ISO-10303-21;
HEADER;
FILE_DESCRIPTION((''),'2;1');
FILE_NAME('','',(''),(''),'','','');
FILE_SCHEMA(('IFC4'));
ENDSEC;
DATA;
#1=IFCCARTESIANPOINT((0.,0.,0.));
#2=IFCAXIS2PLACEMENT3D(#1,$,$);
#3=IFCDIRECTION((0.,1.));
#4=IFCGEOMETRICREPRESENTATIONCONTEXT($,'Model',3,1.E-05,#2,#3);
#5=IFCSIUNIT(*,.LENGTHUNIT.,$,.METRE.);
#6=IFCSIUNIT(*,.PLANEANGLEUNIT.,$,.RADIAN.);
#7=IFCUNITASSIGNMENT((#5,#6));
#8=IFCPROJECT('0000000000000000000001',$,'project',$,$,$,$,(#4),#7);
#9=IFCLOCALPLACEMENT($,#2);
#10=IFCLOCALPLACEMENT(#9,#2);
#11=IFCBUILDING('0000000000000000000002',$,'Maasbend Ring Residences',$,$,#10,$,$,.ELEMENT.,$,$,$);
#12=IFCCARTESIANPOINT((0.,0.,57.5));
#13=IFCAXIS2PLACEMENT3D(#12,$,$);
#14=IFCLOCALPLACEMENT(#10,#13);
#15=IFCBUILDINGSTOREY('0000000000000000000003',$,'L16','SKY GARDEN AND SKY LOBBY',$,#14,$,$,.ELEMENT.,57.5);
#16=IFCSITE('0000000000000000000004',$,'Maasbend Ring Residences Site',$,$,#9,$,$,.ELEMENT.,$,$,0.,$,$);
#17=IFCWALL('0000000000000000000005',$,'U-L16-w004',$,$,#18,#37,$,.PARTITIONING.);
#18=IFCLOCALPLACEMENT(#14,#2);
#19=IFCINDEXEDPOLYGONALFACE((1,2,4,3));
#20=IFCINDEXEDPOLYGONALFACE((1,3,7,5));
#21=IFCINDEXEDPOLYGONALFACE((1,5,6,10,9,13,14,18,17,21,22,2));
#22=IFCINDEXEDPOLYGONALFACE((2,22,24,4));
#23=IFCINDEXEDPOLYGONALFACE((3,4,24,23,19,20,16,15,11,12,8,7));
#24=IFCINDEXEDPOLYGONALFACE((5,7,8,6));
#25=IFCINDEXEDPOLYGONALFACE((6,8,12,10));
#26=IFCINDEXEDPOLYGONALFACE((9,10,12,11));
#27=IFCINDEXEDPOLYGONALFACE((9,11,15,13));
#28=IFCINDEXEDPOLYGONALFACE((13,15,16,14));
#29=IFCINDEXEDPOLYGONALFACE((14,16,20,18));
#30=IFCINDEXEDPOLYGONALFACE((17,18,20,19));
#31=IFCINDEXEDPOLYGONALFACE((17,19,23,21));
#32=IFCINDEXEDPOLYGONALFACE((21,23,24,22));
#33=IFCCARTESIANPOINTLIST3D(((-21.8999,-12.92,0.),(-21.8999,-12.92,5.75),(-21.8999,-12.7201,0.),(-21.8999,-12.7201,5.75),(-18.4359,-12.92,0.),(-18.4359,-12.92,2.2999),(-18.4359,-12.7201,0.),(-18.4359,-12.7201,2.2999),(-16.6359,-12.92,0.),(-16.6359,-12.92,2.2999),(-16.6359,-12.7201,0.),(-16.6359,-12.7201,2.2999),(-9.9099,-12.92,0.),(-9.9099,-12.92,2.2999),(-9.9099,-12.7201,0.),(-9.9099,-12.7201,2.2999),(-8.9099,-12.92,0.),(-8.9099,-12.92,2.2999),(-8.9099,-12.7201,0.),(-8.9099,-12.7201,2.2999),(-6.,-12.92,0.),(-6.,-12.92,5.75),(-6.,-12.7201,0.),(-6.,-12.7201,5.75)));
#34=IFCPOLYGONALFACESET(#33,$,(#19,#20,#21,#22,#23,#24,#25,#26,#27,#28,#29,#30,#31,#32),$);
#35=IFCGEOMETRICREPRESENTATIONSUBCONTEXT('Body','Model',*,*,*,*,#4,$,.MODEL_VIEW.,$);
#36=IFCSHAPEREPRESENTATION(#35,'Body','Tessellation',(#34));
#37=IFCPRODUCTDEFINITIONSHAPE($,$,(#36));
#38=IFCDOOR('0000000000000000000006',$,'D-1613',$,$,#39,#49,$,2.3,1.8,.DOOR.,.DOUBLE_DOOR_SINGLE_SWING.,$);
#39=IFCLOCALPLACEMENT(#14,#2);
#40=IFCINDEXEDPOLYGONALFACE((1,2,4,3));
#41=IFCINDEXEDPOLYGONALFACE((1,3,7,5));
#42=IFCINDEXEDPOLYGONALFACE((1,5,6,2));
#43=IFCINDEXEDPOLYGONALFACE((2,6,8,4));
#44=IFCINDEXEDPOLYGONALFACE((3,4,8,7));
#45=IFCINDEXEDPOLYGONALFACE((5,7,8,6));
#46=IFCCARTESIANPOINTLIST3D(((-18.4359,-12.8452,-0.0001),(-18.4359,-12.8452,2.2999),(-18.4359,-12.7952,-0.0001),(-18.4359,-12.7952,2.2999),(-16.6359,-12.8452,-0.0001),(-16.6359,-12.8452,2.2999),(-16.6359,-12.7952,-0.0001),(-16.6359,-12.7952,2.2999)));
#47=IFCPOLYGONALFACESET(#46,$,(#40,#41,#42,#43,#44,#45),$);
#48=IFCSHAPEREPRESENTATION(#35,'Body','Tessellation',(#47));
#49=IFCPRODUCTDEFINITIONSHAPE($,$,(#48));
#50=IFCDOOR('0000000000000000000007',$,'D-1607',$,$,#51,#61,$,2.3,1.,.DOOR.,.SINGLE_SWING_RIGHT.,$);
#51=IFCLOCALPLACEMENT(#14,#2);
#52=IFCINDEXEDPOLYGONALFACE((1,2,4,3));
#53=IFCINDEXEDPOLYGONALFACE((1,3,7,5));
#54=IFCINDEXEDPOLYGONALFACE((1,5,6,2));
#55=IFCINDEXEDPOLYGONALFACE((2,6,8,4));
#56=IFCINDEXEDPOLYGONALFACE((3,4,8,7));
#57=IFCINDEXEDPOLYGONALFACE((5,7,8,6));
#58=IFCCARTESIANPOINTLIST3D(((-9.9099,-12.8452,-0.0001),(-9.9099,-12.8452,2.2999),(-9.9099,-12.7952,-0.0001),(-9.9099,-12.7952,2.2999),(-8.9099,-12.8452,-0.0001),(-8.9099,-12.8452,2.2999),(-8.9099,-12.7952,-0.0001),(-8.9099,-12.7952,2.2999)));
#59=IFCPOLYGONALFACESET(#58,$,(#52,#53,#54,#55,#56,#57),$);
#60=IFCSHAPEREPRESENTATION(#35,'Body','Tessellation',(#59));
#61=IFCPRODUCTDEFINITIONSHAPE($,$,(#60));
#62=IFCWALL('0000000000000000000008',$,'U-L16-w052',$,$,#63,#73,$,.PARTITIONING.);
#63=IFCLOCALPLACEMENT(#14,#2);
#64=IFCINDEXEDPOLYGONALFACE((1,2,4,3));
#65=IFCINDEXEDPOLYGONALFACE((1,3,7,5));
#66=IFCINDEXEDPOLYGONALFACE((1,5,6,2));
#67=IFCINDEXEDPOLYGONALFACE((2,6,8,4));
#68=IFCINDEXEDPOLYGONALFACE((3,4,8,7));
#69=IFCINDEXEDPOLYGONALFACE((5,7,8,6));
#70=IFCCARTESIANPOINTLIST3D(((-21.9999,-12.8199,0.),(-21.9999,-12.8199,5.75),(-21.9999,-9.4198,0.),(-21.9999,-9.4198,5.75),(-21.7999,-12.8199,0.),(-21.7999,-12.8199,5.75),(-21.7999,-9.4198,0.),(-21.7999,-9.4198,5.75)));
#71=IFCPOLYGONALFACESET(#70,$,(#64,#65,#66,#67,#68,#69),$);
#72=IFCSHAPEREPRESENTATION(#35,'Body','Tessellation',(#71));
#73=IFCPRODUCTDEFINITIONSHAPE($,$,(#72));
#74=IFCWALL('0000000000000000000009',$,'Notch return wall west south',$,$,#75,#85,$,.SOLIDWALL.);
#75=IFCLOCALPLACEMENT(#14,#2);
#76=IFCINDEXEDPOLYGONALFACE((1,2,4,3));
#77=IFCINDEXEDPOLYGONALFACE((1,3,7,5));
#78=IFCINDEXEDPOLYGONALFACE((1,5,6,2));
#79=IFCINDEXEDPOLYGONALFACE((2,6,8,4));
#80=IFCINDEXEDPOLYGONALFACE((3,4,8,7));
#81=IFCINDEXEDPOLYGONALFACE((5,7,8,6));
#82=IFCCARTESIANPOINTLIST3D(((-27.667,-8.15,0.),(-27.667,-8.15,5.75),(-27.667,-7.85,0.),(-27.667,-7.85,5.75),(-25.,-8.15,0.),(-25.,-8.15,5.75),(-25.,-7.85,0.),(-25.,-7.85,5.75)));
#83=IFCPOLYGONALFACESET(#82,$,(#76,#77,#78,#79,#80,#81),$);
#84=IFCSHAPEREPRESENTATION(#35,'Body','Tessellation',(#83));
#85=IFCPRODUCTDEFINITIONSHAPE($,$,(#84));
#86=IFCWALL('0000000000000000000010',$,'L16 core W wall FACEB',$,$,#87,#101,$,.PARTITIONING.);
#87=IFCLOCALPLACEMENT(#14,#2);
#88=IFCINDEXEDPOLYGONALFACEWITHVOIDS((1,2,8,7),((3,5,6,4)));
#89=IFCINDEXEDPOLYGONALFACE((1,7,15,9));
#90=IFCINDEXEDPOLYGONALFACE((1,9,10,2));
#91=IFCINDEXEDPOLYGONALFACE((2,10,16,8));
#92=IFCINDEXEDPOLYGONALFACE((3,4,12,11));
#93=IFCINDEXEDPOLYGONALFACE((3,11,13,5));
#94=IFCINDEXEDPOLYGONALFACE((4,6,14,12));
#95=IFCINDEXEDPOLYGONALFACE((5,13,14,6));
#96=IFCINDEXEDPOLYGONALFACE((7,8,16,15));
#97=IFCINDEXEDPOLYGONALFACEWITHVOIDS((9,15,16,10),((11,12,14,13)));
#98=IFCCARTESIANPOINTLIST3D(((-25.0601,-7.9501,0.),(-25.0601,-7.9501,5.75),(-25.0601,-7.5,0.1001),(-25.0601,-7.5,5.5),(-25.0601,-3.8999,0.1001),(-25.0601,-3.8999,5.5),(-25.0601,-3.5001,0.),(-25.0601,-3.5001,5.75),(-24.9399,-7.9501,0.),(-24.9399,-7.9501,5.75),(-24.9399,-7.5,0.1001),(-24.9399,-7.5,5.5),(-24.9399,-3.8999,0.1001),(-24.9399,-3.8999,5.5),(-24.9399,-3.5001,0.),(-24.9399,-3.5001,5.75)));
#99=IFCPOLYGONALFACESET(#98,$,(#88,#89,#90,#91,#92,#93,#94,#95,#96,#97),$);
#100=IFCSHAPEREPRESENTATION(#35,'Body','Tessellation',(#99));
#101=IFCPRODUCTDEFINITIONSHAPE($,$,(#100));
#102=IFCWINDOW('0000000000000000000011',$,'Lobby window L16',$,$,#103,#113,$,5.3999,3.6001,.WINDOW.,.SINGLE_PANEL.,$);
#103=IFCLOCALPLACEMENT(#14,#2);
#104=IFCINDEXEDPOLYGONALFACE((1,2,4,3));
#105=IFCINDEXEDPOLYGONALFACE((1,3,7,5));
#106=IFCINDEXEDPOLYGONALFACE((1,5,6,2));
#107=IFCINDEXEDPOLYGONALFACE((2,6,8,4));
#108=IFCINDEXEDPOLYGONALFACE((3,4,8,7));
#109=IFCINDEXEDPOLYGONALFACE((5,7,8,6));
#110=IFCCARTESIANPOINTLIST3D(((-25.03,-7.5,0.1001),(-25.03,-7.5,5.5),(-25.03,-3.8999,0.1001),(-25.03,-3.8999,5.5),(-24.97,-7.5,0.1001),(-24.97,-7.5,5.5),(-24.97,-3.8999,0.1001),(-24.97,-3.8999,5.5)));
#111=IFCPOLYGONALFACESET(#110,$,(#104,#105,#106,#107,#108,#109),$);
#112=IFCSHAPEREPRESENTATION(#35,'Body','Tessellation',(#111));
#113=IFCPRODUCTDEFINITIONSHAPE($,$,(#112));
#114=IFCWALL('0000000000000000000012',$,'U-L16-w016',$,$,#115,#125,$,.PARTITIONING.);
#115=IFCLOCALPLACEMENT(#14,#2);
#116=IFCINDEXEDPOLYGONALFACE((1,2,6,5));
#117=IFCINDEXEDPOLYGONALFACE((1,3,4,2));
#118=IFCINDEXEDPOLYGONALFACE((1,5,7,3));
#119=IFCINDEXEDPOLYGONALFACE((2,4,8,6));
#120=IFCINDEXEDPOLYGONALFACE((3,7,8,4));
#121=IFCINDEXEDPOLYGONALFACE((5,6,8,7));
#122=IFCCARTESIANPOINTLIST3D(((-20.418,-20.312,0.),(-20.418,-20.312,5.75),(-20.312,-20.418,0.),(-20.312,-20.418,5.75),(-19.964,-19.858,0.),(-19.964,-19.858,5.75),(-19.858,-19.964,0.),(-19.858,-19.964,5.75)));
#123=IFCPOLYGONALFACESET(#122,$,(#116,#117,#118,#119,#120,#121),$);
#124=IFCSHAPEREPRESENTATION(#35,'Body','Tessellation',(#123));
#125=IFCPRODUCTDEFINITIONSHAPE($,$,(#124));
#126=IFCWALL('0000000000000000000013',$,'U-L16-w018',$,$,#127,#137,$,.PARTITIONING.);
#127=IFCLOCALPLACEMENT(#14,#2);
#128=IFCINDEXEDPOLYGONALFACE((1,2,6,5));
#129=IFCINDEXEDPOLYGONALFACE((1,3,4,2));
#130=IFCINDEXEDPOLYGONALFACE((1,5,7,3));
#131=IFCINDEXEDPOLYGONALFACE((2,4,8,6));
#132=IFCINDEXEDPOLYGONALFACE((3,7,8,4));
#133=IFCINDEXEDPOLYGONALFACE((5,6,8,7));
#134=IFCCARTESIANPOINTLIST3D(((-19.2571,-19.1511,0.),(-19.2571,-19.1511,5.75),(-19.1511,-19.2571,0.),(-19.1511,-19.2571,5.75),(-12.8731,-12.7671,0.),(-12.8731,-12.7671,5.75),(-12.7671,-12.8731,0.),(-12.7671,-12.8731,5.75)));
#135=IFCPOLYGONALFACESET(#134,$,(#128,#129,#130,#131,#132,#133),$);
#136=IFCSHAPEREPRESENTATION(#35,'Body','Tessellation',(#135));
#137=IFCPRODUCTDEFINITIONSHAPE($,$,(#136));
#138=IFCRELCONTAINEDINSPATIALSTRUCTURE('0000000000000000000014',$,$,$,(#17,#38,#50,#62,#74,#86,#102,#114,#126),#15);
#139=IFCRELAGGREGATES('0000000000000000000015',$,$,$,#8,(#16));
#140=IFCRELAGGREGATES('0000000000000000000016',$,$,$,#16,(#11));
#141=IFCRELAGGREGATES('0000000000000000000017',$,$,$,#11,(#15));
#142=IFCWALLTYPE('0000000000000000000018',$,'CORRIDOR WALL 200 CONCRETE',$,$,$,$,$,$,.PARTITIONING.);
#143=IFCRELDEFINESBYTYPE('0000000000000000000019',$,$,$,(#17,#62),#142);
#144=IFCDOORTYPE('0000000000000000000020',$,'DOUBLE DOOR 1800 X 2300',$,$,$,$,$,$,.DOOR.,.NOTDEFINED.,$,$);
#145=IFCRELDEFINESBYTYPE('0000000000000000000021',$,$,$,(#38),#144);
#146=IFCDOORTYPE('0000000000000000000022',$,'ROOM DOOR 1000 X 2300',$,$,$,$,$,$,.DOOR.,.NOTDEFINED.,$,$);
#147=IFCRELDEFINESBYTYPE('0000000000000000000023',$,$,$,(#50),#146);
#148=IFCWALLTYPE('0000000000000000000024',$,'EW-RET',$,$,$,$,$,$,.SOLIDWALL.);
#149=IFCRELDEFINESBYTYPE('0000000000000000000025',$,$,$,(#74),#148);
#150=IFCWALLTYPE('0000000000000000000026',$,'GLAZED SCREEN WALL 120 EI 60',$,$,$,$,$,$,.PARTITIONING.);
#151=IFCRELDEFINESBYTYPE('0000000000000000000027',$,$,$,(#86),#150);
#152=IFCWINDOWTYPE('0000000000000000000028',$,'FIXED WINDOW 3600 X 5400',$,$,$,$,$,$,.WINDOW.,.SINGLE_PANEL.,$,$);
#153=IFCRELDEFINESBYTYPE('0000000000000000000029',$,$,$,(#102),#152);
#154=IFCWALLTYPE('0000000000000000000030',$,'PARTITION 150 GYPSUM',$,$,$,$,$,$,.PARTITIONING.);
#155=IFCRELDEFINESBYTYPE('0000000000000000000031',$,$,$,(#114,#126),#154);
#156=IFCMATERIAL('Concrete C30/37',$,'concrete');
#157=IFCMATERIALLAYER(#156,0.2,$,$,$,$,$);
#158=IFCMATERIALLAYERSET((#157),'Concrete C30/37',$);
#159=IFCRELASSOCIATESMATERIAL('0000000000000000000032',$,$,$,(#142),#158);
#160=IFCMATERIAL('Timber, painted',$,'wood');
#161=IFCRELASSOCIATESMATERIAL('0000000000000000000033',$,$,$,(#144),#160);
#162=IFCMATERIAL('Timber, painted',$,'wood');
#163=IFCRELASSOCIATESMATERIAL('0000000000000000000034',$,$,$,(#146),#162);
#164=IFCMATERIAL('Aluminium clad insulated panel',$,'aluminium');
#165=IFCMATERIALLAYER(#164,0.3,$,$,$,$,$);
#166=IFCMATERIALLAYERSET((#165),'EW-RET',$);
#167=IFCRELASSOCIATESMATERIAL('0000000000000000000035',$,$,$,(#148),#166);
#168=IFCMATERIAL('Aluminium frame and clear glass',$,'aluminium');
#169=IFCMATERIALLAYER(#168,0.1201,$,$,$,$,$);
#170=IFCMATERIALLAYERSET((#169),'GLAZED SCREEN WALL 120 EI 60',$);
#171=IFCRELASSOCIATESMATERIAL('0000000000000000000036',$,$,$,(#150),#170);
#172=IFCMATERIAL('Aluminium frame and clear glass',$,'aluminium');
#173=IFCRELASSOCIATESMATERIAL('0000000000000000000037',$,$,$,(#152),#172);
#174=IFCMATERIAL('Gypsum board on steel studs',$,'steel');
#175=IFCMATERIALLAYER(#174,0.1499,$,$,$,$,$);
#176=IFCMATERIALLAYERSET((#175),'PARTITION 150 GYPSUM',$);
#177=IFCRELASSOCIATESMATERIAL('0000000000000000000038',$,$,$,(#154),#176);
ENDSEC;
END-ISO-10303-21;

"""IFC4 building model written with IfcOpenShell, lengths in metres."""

from ifc_helpers import new_model, si_unit, direction, frame, frame_2d, origin, place, context, subcontext, project, spatial, rectangle, extrude, material, layer, layer_set, type_object, element, fill, save


model = new_model("IFC4")

# Units and contexts
model_context = context("Model", 3, precision=1e-05, world=origin(), true_north=direction((0.0, 1.0)))
body_context = subcontext(model_context, "Body", "Model", "MODEL_VIEW")
ifc_project = project(units=[si_unit("LENGTHUNIT", "METRE"), si_unit("PLANEANGLEUNIT", "RADIAN")], contexts=[model_context])

# Site, building, storey
site_placement = place(None, origin())
site = spatial("IfcSite", under=ifc_project, at=site_placement, Name="Maasbend Ring Residences Site", CompositionType="ELEMENT", RefElevation=0.0)
building_placement = place(site_placement, origin())
building = spatial("IfcBuilding", under=site, at=building_placement, Name="Maasbend Ring Residences", CompositionType="ELEMENT")
storey_placement = place(building_placement, frame((0.0, 0.0, 57.5)))
storey = spatial("IfcBuildingStorey", under=building, at=storey_placement, Name="L16", Description="SKY GARDEN AND SKY LOBBY", CompositionType="ELEMENT", Elevation=57.5)

# Wall, openings, doors
ifc_material_1 = material(Name="Concrete C30/37", Category="concrete")
ifc_layer_1 = layer(ifc_material_1, 0.2)
ifc_layer_set_1 = layer_set([ifc_layer_1], Name="Concrete C30/37")
wall_type_1 = type_object("IfcWallType", Name="CORRIDOR WALL 200 CONCRETE", PredefinedType="PARTITIONING", material=ifc_layer_set_1)
wall_1_placement = place(storey_placement, frame((-21.8999, -12.8201, 0.0), z_axis=(0.0, 0.0, 1.0), x_axis=(1.0, 0.0, 0.0)))
wall_1 = element("IfcWall", 1, at=wall_1_placement, inside=storey, type_object=wall_type_1, Name="U-L16-w004", PredefinedType="PARTITIONING", context=body_context, shape_type="SweptSolid", body=[
    extrude(rectangle(XDim=15.8999, YDim=0.2, at=frame_2d((7.95, 0.0))), origin(), (0.0, 0.0, 1.0), 5.75),
])
opening_1_placement = place(wall_1_placement, frame((11.99, 0.0, 0.0)))
opening_1 = element("IfcOpeningElement", 2, at=opening_1_placement, cuts=wall_1, PredefinedType="OPENING", context=body_context, shape_type="SweptSolid", body=[
    extrude(rectangle(XDim=1.0, YDim=2.3, at=frame_2d((0.5, 1.1499))), frame((0.0, 0.1099, 0.0), z_axis=(0.0, -1.0, 0.0), x_axis=(1.0, 0.0, 0.0)), (0.0, 0.0, 1.0), 0.22),
])
opening_2_placement = place(wall_1_placement, frame((3.4641, 0.0, 0.0)))
opening_2 = element("IfcOpeningElement", 3, at=opening_2_placement, cuts=wall_1, PredefinedType="OPENING", context=body_context, shape_type="SweptSolid", body=[
    extrude(rectangle(XDim=1.8, YDim=2.3, at=frame_2d((0.8999, 1.1499))), frame((0.0, 0.1099, 0.0), z_axis=(0.0, -1.0, 0.0), x_axis=(1.0, 0.0, 0.0)), (0.0, 0.0, 1.0), 0.22),
])
ifc_material_2 = material(Name="Timber, painted", Category="wood")
door_type_1 = type_object("IfcDoorType", Name="DOUBLE DOOR 1800 X 2300", OperationType="NOTDEFINED", PredefinedType="DOOR", material=ifc_material_2)
door_1_placement = place(opening_2_placement, origin())
door_1 = element("IfcDoor", 4, at=door_1_placement, inside=storey, type_object=door_type_1, Name="D-1613", OperationType="DOUBLE_DOOR_SINGLE_SWING", OverallHeight=2.3, OverallWidth=1.8, PredefinedType="DOOR", context=body_context, shape_type="SweptSolid", body=[
    extrude(rectangle(XDim=1.8, YDim=2.3, at=frame_2d((0.8999, 1.1499))), frame((0.0, 0.0249, 0.0), z_axis=(0.0, -1.0, 0.0), x_axis=(1.0, 0.0, 0.0)), (0.0, 0.0, 1.0), 0.05),
])
fill(opening_2, door_1)
ifc_material_3 = material(Name="Timber, painted", Category="wood")
door_type_2 = type_object("IfcDoorType", Name="ROOM DOOR 1000 X 2300", OperationType="NOTDEFINED", PredefinedType="DOOR", material=ifc_material_3)
door_2_placement = place(opening_1_placement, origin())
door_2 = element("IfcDoor", 5, at=door_2_placement, inside=storey, type_object=door_type_2, Name="D-1607", OperationType="SINGLE_SWING_RIGHT", OverallHeight=2.3, OverallWidth=1.0, PredefinedType="DOOR", context=body_context, shape_type="SweptSolid", body=[
    extrude(rectangle(XDim=1.0, YDim=2.3, at=frame_2d((0.5, 1.1499))), frame((0.0, 0.0249, 0.0), z_axis=(0.0, -1.0, 0.0), x_axis=(1.0, 0.0, 0.0)), (0.0, 0.0, 1.0), 0.05),
])
fill(opening_1, door_2)

# Walls
wall_2_placement = place(storey_placement, frame((-21.8999, -12.8201, 0.0), z_axis=(0.0, 0.0, 1.0), x_axis=(0.0, 1.0, 0.0)))
element("IfcWall", 6, at=wall_2_placement, inside=storey, type_object=wall_type_1, Name="U-L16-w052", PredefinedType="PARTITIONING", context=body_context, shape_type="SweptSolid", body=[
    extrude(rectangle(XDim=3.4001, YDim=0.2, at=frame_2d((1.7002, 0.0))), origin(), (0.0, 0.0, 1.0), 5.75),
])
ifc_material_4 = material(Name="Aluminium clad insulated panel", Category="aluminium")
ifc_layer_2 = layer(ifc_material_4, 0.3)
ifc_layer_set_2 = layer_set([ifc_layer_2], Name="EW-RET")
wall_type_2 = type_object("IfcWallType", Name="EW-RET", PredefinedType="SOLIDWALL", material=ifc_layer_set_2)
wall_3_placement = place(storey_placement, frame((-25.0, -8.0, 0.0), z_axis=(0.0, 0.0, 1.0), x_axis=(-1.0, 0.0, 0.0)))
element("IfcWall", 7, at=wall_3_placement, inside=storey, type_object=wall_type_2, Name="Notch return wall west south", PredefinedType="SOLIDWALL", context=body_context, shape_type="SweptSolid", body=[
    extrude(rectangle(XDim=2.667, YDim=0.3, at=frame_2d((1.3335, 0.0))), origin(), (0.0, 0.0, 1.0), 5.75),
])

# Wall, opening, window
ifc_material_5 = material(Name="Aluminium frame and clear glass", Category="aluminium")
ifc_layer_3 = layer(ifc_material_5, 0.1201)
ifc_layer_set_3 = layer_set([ifc_layer_3], Name="GLAZED SCREEN WALL 120 EI 60")
wall_type_3 = type_object("IfcWallType", Name="GLAZED SCREEN WALL 120 EI 60", PredefinedType="PARTITIONING", material=ifc_layer_set_3)
wall_4_placement = place(storey_placement, frame((-25.0, -3.5, 0.0), z_axis=(0.0, 0.0, 1.0), x_axis=(0.0, -1.0, 0.0)))
wall_4 = element("IfcWall", 8, at=wall_4_placement, inside=storey, type_object=wall_type_3, Name="L16 core W wall FACEB", PredefinedType="PARTITIONING", context=body_context, shape_type="SweptSolid", body=[
    extrude(rectangle(XDim=4.45, YDim=0.1201, at=frame_2d((2.2251, 0.0))), origin(), (0.0, 0.0, 1.0), 5.75),
])
opening_3_placement = place(wall_4_placement, frame((0.3999, 0.0, 0.1001)))
opening_3 = element("IfcOpeningElement", 9, at=opening_3_placement, cuts=wall_4, PredefinedType="OPENING", context=body_context, shape_type="SweptSolid", body=[
    extrude(rectangle(XDim=3.6001, YDim=5.3999, at=frame_2d((1.8, 2.7))), frame((0.0, 0.0701, 0.0), z_axis=(0.0, -1.0, 0.0), x_axis=(1.0, 0.0, 0.0)), (0.0, 0.0, 1.0), 0.1401),
])
ifc_material_6 = material(Name="Aluminium frame and clear glass", Category="aluminium")
window_type = type_object("IfcWindowType", Name="FIXED WINDOW 3600 X 5400", PartitioningType="SINGLE_PANEL", PredefinedType="WINDOW", material=ifc_material_6)
window_placement = place(opening_3_placement, origin())
window = element("IfcWindow", 10, at=window_placement, inside=storey, type_object=window_type, Name="Lobby window L16", OverallHeight=5.3999, OverallWidth=3.6001, PartitioningType="SINGLE_PANEL", PredefinedType="WINDOW", context=body_context, shape_type="SweptSolid", body=[
    extrude(rectangle(XDim=3.6001, YDim=5.3999, at=frame_2d((1.8, 2.7))), frame((0.0, 0.03, 0.0), z_axis=(0.0, -1.0, 0.0), x_axis=(1.0, 0.0, 0.0)), (0.0, 0.0, 1.0), 0.0601),
])
fill(opening_3, window)

# Walls
ifc_material_7 = material(Name="Gypsum board on steel studs", Category="steel")
ifc_layer_4 = layer(ifc_material_7, 0.1499)
ifc_layer_set_4 = layer_set([ifc_layer_4], Name="PARTITION 150 GYPSUM")
wall_type_4 = type_object("IfcWallType", Name="PARTITION 150 GYPSUM", PredefinedType="PARTITIONING", material=ifc_layer_set_4)
wall_5_placement = place(storey_placement, frame((-20.365, -20.365, 0.0), z_axis=(0.0, 0.0, 1.0), x_axis=(0.707107, 0.707107, 0.0)))
element("IfcWall", 11, at=wall_5_placement, inside=storey, type_object=wall_type_4, Name="U-L16-w016", PredefinedType="PARTITIONING", context=body_context, shape_type="SweptSolid", body=[
    extrude(rectangle(XDim=0.6421, YDim=0.1499, at=frame_2d((0.321, 0.0))), origin(), (0.0, 0.0, 1.0), 5.75),
])
wall_6_placement = place(storey_placement, frame((-19.2041, -19.2041, 0.0), z_axis=(0.0, 0.0, 1.0), x_axis=(0.707107, 0.707107, 0.0)))
element("IfcWall", 12, at=wall_6_placement, inside=storey, type_object=wall_type_4, Name="U-L16-w018", PredefinedType="PARTITIONING", context=body_context, shape_type="SweptSolid", body=[
    extrude(rectangle(XDim=9.0283, YDim=0.1499, at=frame_2d((4.5142, 0.0))), origin(), (0.0, 0.0, 1.0), 5.75),
])

save(model, "model.ifc")
